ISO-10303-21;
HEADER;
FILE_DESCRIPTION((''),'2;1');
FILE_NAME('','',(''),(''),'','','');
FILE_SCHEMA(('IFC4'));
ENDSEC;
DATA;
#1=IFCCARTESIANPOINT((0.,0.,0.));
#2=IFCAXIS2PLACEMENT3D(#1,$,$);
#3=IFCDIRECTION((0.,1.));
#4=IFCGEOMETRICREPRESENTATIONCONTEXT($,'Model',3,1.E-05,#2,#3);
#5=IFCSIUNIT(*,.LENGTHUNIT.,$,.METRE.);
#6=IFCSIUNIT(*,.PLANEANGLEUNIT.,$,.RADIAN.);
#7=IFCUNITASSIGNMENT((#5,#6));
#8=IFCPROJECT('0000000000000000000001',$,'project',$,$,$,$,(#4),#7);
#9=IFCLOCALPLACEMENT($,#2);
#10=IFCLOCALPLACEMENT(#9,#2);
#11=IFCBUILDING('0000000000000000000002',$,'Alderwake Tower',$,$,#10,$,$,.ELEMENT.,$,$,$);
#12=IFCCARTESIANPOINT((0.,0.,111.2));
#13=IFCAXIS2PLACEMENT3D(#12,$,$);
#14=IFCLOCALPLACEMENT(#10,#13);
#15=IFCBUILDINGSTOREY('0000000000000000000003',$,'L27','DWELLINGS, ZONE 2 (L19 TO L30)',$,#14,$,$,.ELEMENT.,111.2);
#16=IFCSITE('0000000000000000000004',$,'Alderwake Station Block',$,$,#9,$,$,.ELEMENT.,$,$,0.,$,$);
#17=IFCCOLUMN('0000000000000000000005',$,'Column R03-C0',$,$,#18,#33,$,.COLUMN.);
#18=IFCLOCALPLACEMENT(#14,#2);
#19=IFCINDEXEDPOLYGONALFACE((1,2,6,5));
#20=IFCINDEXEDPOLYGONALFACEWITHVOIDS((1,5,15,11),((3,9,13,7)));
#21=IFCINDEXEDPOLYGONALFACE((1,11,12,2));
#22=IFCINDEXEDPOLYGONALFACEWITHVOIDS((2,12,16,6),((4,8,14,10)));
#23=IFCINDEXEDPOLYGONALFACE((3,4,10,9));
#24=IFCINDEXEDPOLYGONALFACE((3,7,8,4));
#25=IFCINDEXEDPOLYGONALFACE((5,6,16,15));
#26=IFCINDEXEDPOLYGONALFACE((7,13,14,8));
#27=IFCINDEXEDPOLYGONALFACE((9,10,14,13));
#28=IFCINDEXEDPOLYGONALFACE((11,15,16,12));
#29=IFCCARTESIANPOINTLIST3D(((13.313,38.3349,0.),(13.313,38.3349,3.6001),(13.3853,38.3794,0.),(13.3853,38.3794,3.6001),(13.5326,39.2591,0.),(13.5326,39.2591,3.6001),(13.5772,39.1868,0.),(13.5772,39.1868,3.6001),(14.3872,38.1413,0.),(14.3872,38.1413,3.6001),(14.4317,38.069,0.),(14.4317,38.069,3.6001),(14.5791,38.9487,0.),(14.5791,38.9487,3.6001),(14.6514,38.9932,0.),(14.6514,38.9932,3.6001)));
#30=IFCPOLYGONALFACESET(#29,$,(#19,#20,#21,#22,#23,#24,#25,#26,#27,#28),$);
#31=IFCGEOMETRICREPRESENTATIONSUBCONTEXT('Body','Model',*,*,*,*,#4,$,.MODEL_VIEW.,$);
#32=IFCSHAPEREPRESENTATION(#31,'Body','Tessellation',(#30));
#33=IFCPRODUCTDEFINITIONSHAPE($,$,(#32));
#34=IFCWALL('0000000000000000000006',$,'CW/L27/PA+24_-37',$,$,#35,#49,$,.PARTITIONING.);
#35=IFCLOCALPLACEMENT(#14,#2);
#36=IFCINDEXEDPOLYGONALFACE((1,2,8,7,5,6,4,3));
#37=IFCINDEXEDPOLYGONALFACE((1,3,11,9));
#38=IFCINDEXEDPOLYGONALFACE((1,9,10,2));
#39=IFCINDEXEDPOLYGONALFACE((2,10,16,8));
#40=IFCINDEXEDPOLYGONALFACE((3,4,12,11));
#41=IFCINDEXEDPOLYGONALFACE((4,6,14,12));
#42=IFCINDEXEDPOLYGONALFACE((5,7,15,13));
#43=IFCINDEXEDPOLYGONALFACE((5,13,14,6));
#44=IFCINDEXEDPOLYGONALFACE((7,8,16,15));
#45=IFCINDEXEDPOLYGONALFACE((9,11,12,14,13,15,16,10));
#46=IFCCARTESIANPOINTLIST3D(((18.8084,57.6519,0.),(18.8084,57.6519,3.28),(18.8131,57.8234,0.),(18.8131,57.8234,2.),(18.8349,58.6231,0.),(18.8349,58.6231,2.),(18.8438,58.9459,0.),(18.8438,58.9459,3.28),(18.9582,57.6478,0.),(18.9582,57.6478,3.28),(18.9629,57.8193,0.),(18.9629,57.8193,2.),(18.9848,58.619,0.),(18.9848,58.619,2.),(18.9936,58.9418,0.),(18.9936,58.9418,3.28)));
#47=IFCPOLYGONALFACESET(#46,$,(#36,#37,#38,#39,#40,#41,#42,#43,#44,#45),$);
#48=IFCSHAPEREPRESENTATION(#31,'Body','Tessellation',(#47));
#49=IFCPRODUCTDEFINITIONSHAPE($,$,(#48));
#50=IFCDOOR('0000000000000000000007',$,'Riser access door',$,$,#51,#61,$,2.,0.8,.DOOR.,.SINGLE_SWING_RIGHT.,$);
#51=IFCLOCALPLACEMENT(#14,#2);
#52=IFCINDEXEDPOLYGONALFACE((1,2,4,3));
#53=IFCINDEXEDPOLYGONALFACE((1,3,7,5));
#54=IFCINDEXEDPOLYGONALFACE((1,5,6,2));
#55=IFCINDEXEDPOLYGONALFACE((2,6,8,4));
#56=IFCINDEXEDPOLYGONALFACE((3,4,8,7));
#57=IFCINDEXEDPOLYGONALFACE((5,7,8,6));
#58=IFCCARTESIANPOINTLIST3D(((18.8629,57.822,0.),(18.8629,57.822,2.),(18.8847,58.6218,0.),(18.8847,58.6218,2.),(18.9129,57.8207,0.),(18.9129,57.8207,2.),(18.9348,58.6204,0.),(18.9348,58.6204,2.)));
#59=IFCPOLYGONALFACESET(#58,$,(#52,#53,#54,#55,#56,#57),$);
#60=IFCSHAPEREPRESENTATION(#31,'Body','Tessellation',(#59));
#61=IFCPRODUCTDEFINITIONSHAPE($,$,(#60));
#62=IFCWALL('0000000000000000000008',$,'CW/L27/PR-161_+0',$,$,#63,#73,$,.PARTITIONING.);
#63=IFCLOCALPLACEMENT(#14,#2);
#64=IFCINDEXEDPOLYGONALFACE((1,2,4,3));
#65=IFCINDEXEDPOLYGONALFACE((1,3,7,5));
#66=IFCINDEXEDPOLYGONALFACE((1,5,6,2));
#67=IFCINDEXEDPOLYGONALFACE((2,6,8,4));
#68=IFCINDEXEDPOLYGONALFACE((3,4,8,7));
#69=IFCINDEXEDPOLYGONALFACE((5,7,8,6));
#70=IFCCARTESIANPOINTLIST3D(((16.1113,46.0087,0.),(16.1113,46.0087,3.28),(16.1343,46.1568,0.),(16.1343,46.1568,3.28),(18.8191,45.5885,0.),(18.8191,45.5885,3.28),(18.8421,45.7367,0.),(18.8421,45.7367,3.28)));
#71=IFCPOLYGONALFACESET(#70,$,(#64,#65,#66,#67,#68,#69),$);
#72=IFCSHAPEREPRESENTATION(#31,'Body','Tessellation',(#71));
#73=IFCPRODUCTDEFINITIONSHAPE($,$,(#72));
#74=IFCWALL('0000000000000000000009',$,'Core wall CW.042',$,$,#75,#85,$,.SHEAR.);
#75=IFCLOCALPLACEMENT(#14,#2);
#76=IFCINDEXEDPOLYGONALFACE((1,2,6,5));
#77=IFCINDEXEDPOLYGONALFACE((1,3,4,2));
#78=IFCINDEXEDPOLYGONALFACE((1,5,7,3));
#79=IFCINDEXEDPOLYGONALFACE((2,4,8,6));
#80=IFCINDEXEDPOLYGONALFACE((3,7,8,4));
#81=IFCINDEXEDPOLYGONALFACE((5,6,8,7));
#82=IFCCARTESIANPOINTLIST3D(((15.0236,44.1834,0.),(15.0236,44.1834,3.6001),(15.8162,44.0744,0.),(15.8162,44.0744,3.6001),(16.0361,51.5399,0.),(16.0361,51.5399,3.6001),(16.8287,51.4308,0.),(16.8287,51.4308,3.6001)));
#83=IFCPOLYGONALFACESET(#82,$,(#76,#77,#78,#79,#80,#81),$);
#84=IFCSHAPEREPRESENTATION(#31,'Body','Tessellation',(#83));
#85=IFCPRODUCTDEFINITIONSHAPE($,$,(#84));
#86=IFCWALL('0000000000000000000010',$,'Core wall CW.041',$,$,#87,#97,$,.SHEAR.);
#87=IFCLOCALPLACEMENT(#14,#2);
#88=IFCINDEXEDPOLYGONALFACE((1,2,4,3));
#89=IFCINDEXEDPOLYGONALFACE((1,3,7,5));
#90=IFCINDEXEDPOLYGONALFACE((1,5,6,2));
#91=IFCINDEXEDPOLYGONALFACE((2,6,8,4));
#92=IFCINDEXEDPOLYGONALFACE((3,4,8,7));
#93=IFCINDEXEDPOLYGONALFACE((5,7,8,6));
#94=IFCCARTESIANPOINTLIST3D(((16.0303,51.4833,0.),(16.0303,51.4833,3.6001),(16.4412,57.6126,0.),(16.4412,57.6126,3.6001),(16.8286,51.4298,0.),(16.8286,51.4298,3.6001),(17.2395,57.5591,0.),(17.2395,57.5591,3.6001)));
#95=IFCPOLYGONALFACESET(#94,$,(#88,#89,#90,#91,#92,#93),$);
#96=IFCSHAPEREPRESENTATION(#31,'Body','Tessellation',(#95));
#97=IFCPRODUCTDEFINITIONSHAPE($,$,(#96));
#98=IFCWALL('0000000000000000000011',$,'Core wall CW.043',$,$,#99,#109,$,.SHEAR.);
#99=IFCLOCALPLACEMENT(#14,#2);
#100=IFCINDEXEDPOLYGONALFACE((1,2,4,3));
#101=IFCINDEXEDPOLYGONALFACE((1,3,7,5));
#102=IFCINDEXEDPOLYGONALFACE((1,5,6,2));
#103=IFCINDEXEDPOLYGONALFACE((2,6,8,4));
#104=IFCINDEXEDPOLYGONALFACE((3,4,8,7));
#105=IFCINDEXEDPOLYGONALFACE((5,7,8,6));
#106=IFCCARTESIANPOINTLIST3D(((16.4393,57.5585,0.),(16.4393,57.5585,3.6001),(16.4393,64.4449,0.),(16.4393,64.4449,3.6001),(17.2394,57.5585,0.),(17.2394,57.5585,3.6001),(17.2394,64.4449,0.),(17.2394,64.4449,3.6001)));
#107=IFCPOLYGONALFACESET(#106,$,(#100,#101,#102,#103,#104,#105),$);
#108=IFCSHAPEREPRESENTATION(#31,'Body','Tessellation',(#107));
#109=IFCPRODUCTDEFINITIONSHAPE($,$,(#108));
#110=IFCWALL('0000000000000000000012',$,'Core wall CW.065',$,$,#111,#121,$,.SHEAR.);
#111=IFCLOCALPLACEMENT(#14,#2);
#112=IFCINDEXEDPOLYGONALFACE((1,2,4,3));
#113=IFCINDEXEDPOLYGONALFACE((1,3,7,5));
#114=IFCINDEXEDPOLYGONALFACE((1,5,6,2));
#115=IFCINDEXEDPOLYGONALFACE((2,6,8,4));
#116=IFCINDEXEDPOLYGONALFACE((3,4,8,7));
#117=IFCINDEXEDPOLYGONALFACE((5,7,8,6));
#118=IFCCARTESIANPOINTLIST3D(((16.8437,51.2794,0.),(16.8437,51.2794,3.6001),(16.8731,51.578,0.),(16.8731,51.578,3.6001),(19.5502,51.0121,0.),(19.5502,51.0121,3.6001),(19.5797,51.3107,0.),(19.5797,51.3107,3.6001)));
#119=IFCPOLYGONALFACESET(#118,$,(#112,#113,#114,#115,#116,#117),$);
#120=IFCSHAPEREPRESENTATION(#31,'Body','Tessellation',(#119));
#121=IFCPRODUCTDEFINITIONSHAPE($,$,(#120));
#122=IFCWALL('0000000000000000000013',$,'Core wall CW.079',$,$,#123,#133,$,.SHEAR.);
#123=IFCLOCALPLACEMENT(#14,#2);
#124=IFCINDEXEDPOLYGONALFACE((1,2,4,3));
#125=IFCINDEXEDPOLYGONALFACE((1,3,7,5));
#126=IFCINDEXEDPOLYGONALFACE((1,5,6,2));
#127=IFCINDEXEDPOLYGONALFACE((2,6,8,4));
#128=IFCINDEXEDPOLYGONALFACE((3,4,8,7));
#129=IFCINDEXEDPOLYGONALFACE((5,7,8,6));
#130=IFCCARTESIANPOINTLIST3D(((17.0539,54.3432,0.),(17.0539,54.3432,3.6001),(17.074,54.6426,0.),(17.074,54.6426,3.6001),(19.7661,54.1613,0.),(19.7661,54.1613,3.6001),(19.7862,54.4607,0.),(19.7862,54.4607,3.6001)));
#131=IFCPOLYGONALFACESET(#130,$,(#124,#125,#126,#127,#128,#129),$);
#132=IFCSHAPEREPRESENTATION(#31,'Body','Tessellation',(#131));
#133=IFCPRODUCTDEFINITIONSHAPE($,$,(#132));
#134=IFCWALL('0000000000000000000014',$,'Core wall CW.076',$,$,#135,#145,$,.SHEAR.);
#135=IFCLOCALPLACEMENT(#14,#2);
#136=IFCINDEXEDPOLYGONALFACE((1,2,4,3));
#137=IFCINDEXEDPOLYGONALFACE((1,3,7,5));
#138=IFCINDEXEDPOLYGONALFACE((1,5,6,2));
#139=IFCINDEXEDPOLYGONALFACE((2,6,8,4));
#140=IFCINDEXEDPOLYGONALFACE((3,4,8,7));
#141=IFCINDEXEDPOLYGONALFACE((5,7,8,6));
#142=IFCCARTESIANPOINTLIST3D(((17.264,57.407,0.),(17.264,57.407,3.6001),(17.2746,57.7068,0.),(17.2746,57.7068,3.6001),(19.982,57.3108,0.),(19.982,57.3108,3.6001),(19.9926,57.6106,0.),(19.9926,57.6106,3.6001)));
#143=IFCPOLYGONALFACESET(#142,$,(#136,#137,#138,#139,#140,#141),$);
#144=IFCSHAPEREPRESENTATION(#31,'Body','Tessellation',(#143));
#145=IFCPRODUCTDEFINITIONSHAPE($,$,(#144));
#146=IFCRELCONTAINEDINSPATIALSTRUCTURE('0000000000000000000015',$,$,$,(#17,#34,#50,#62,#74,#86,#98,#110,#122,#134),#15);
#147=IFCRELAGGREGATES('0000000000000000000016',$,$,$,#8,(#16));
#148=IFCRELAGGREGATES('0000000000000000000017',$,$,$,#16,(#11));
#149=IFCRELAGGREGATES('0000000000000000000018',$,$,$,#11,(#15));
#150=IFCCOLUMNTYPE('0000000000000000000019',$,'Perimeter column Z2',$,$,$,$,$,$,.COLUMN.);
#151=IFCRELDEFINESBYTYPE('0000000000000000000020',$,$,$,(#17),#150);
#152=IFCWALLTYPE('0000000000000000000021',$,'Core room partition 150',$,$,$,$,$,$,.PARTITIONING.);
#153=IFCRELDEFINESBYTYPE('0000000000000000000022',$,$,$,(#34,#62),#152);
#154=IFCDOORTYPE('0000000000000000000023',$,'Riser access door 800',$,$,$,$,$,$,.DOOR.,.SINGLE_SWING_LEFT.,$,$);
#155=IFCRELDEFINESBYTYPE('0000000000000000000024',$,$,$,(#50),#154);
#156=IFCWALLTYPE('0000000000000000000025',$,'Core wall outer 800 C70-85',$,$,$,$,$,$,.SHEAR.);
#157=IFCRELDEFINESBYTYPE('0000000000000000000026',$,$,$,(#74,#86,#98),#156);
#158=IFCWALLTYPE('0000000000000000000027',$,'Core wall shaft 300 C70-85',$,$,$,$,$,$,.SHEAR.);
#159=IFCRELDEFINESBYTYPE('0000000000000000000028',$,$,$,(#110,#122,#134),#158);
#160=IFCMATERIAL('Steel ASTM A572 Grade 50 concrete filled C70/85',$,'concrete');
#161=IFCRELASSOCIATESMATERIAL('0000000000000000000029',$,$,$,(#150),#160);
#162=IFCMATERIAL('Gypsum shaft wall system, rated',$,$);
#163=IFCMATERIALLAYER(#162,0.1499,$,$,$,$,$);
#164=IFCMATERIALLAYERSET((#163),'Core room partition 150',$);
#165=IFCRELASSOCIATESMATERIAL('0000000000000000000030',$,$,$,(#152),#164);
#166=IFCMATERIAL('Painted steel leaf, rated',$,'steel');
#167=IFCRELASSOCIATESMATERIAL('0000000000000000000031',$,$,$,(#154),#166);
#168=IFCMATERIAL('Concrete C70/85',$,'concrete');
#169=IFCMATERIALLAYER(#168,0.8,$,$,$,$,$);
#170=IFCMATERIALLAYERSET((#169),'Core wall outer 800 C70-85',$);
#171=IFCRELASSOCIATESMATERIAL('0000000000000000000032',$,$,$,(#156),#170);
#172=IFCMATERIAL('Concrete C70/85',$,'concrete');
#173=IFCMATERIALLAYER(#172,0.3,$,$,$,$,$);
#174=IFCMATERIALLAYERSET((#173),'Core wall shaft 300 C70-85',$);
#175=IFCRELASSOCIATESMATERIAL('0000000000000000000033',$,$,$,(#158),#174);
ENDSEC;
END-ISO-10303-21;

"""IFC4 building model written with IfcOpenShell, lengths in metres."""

from ifc_helpers import new_model, si_unit, direction, frame, frame_2d, origin, origin_2d, place, context, subcontext, project, spatial, rectangle, hollow_rectangle, extrude, material, layer, layer_set, material_profile, profile_set, type_object, element, fill, save


model = new_model("IFC4")

# Units and contexts
model_context = context("Model", 3, precision=1e-05, world=origin(), true_north=direction((0.0, 1.0)))
body_context = subcontext(model_context, "Body", "Model", "MODEL_VIEW")
ifc_project = project(units=[si_unit("LENGTHUNIT", "METRE"), si_unit("PLANEANGLEUNIT", "RADIAN")], contexts=[model_context])

# Site, building, storey
site_placement = place(None, origin())
site = spatial("IfcSite", under=ifc_project, at=site_placement, Name="Alderwake Station Block", CompositionType="ELEMENT", RefElevation=0.0)
building_placement = place(site_placement, origin())
building = spatial("IfcBuilding", under=site, at=building_placement, Name="Alderwake Tower", CompositionType="ELEMENT")
storey_placement = place(building_placement, frame((0.0, 0.0, 111.2)))
storey = spatial("IfcBuildingStorey", under=building, at=storey_placement, Name="L27", Description="DWELLINGS, ZONE 2 (L19 TO L30)", CompositionType="ELEMENT", Elevation=111.2)

# Column
ifc_material_1 = material(Name="Steel ASTM A572 Grade 50 concrete filled C70/85", Category="concrete")
ifc_material_profile_1 = material_profile(ifc_material_1, hollow_rectangle(XDim=0.95, YDim=1.1499, WallThickness=0.0601, at=origin_2d()), Name="BOX 1150X950X60")
ifc_profile_set_1 = profile_set([ifc_material_profile_1], Name="Steel ASTM A572 Grade 50 concrete filled C70/85")
column_type = type_object("IfcColumnType", Name="Perimeter column Z2", PredefinedType="COLUMN", material=ifc_profile_set_1)
column_placement = place(storey_placement, frame((13.9822, 38.6641, 0.0), z_axis=(0.0, 0.0, 1.0), x_axis=(0.231222, 0.972901, 0.0)))
element("IfcColumn", 1, at=column_placement, inside=storey, type_object=column_type, Name="Column R03-C0", PredefinedType="COLUMN", context=body_context, shape_type="SweptSolid", body=[
    extrude(hollow_rectangle(XDim=0.95, YDim=1.1499, WallThickness=0.0601, at=origin_2d()), origin(), (0.0, 0.0, 1.0), 3.6001),
])

# Wall, opening, door
ifc_material_2 = material(Name="Gypsum shaft wall system, rated")
ifc_layer_1 = layer(ifc_material_2, 0.1499)
ifc_layer_set_1 = layer_set([ifc_layer_1], Name="Core room partition 150")
wall_type_1 = type_object("IfcWallType", Name="Core room partition 150", PredefinedType="PARTITIONING", material=ifc_layer_set_1)
wall_1_placement = place(storey_placement, frame((18.9187, 58.9438, 0.0), z_axis=(0.0, 0.0, 1.0), x_axis=(-0.027348, -0.999626, 0.0)))
wall_1 = element("IfcWall", 2, at=wall_1_placement, inside=storey, type_object=wall_type_1, Name="CW/L27/PA+24_-37", PredefinedType="PARTITIONING", context=body_context, shape_type="SweptSolid", body=[
    extrude(rectangle(XDim=1.2944, YDim=0.1499, at=frame_2d((0.6472, 0.0))), origin(), (0.0, 0.0, 1.0), 3.28),
])
opening_1_placement = place(wall_1_placement, frame((0.323, 0.0, 0.0)))
opening_1 = element("IfcOpeningElement", 3, at=opening_1_placement, cuts=wall_1, PredefinedType="OPENING", context=body_context, shape_type="SweptSolid", body=[
    extrude(rectangle(XDim=0.8, YDim=2.0, at=frame_2d((0.3999, 1.0))), frame((0.0, 0.085, 0.0), z_axis=(0.0, -1.0, 0.0), x_axis=(1.0, 0.0, 0.0)), (0.0, 0.0, 1.0), 0.1699),
])
ifc_material_3 = material(Name="Painted steel leaf, rated", Category="steel")
door_type_1 = type_object("IfcDoorType", Name="Riser access door 800", OperationType="SINGLE_SWING_LEFT", PredefinedType="DOOR", material=ifc_material_3)
door_1_placement = place(opening_1_placement, origin())
door_1 = element("IfcDoor", 4, at=door_1_placement, inside=storey, type_object=door_type_1, Name="Riser access door", OperationType="SINGLE_SWING_RIGHT", OverallHeight=2.0, OverallWidth=0.8, PredefinedType="DOOR", context=body_context, shape_type="SweptSolid", body=[
    extrude(rectangle(XDim=0.8, YDim=2.0, at=frame_2d((0.3999, 1.0))), frame((0.0, 0.0249, 0.0), z_axis=(0.0, -1.0, 0.0), x_axis=(1.0, 0.0, 0.0)), (0.0, 0.0, 1.0), 0.05),
])
fill(opening_1, door_1)

# Walls
wall_2_placement = place(storey_placement, frame((16.1228, 46.0828, 0.0), z_axis=(0.0, 0.0, 1.0), x_axis=(0.988174, -0.153336, 0.0)))
element("IfcWall", 5, at=wall_2_placement, inside=storey, type_object=wall_type_1, Name="CW/L27/PR-161_+0", PredefinedType="PARTITIONING", context=body_context, shape_type="SweptSolid", body=[
    extrude(rectangle(XDim=2.7402, YDim=0.1499, at=frame_2d((1.3701, 0.0))), origin(), (0.0, 0.0, 1.0), 3.28),
])
ifc_material_4 = material(Name="Concrete C70/85", Category="concrete")
ifc_layer_2 = layer(ifc_material_4, 0.8)
ifc_layer_set_2 = layer_set([ifc_layer_2], Name="Core wall outer 800 C70-85")
wall_type_2 = type_object("IfcWallType", Name="Core wall outer 800 C70-85", PredefinedType="SHEAR", material=ifc_layer_set_2)
wall_3_placement = place(storey_placement, frame((15.4199, 44.1289, 0.0), z_axis=(0.0, 0.0, 1.0), x_axis=(0.136343, 0.990662, 0.0)))
element("IfcWall", 6, at=wall_3_placement, inside=storey, type_object=wall_type_2, Name="Core wall CW.042", PredefinedType="SHEAR", context=body_context, shape_type="SweptSolid", body=[
    extrude(rectangle(XDim=7.4258, YDim=0.8, at=frame_2d((3.7129, 0.0))), origin(), (0.0, 0.0, 1.0), 3.6001),
])
wall_4_placement = place(storey_placement, frame((16.4294, 51.4565, 0.0), z_axis=(0.0, 0.0, 1.0), x_axis=(0.066886, 0.997761, 0.0)))
element("IfcWall", 7, at=wall_4_placement, inside=storey, type_object=wall_type_2, Name="Core wall CW.041", PredefinedType="SHEAR", context=body_context, shape_type="SweptSolid", body=[
    extrude(rectangle(XDim=6.1431, YDim=0.8, at=frame_2d((3.0715, 0.0))), origin(), (0.0, 0.0, 1.0), 3.6001),
])
wall_5_placement = place(storey_placement, frame((16.8394, 57.5583, 0.0), z_axis=(0.0, 0.0, 1.0), x_axis=(0.0, 1.0, 0.0)))
element("IfcWall", 8, at=wall_5_placement, inside=storey, type_object=wall_type_2, Name="Core wall CW.043", PredefinedType="SHEAR", context=body_context, shape_type="SweptSolid", body=[
    extrude(rectangle(XDim=6.8865, YDim=0.8, at=frame_2d((3.4434, 0.0))), origin(), (0.0, 0.0, 1.0), 3.6001),
])
ifc_material_5 = material(Name="Concrete C70/85", Category="concrete")
ifc_layer_3 = layer(ifc_material_5, 0.3)
ifc_layer_set_3 = layer_set([ifc_layer_3], Name="Core wall shaft 300 C70-85")
wall_type_3 = type_object("IfcWallType", Name="Core wall shaft 300 C70-85", PredefinedType="SHEAR", material=ifc_layer_set_3)
wall_6_placement = place(storey_placement, frame((16.8584, 51.4287, 0.0), z_axis=(0.0, 0.0, 1.0), x_axis=(0.995157, -0.098295, 0.0)))
element("IfcWall", 9, at=wall_6_placement, inside=storey, type_object=wall_type_3, Name="Core wall CW.065", PredefinedType="SHEAR", context=body_context, shape_type="SweptSolid", body=[
    extrude(rectangle(XDim=2.7197, YDim=0.3, at=frame_2d((1.3599, 0.0))), origin(), (0.0, 0.0, 1.0), 3.6001),
])
wall_7_placement = place(storey_placement, frame((17.064, 54.4929, 0.0), z_axis=(0.0, 0.0, 1.0), x_axis=(0.997759, -0.066912, 0.0)))
element("IfcWall", 10, at=wall_7_placement, inside=storey, type_object=wall_type_3, Name="Core wall CW.079", PredefinedType="SHEAR", context=body_context, shape_type="SweptSolid", body=[
    extrude(rectangle(XDim=2.7183, YDim=0.3, at=frame_2d((1.3591, 0.0))), origin(), (0.0, 0.0, 1.0), 3.6001),
])
wall_8_placement = place(storey_placement, frame((17.2693, 57.5569, 0.0), z_axis=(0.0, 0.0, 1.0), x_axis=(0.999374, -0.035368, 0.0)))
element("IfcWall", 11, at=wall_8_placement, inside=storey, type_object=wall_type_3, Name="Core wall CW.076", PredefinedType="SHEAR", context=body_context, shape_type="SweptSolid", body=[
    extrude(rectangle(XDim=2.7197, YDim=0.3, at=frame_2d((1.3599, 0.0))), origin(), (0.0, 0.0, 1.0), 3.6001),
])

save(model, "model.ifc")
